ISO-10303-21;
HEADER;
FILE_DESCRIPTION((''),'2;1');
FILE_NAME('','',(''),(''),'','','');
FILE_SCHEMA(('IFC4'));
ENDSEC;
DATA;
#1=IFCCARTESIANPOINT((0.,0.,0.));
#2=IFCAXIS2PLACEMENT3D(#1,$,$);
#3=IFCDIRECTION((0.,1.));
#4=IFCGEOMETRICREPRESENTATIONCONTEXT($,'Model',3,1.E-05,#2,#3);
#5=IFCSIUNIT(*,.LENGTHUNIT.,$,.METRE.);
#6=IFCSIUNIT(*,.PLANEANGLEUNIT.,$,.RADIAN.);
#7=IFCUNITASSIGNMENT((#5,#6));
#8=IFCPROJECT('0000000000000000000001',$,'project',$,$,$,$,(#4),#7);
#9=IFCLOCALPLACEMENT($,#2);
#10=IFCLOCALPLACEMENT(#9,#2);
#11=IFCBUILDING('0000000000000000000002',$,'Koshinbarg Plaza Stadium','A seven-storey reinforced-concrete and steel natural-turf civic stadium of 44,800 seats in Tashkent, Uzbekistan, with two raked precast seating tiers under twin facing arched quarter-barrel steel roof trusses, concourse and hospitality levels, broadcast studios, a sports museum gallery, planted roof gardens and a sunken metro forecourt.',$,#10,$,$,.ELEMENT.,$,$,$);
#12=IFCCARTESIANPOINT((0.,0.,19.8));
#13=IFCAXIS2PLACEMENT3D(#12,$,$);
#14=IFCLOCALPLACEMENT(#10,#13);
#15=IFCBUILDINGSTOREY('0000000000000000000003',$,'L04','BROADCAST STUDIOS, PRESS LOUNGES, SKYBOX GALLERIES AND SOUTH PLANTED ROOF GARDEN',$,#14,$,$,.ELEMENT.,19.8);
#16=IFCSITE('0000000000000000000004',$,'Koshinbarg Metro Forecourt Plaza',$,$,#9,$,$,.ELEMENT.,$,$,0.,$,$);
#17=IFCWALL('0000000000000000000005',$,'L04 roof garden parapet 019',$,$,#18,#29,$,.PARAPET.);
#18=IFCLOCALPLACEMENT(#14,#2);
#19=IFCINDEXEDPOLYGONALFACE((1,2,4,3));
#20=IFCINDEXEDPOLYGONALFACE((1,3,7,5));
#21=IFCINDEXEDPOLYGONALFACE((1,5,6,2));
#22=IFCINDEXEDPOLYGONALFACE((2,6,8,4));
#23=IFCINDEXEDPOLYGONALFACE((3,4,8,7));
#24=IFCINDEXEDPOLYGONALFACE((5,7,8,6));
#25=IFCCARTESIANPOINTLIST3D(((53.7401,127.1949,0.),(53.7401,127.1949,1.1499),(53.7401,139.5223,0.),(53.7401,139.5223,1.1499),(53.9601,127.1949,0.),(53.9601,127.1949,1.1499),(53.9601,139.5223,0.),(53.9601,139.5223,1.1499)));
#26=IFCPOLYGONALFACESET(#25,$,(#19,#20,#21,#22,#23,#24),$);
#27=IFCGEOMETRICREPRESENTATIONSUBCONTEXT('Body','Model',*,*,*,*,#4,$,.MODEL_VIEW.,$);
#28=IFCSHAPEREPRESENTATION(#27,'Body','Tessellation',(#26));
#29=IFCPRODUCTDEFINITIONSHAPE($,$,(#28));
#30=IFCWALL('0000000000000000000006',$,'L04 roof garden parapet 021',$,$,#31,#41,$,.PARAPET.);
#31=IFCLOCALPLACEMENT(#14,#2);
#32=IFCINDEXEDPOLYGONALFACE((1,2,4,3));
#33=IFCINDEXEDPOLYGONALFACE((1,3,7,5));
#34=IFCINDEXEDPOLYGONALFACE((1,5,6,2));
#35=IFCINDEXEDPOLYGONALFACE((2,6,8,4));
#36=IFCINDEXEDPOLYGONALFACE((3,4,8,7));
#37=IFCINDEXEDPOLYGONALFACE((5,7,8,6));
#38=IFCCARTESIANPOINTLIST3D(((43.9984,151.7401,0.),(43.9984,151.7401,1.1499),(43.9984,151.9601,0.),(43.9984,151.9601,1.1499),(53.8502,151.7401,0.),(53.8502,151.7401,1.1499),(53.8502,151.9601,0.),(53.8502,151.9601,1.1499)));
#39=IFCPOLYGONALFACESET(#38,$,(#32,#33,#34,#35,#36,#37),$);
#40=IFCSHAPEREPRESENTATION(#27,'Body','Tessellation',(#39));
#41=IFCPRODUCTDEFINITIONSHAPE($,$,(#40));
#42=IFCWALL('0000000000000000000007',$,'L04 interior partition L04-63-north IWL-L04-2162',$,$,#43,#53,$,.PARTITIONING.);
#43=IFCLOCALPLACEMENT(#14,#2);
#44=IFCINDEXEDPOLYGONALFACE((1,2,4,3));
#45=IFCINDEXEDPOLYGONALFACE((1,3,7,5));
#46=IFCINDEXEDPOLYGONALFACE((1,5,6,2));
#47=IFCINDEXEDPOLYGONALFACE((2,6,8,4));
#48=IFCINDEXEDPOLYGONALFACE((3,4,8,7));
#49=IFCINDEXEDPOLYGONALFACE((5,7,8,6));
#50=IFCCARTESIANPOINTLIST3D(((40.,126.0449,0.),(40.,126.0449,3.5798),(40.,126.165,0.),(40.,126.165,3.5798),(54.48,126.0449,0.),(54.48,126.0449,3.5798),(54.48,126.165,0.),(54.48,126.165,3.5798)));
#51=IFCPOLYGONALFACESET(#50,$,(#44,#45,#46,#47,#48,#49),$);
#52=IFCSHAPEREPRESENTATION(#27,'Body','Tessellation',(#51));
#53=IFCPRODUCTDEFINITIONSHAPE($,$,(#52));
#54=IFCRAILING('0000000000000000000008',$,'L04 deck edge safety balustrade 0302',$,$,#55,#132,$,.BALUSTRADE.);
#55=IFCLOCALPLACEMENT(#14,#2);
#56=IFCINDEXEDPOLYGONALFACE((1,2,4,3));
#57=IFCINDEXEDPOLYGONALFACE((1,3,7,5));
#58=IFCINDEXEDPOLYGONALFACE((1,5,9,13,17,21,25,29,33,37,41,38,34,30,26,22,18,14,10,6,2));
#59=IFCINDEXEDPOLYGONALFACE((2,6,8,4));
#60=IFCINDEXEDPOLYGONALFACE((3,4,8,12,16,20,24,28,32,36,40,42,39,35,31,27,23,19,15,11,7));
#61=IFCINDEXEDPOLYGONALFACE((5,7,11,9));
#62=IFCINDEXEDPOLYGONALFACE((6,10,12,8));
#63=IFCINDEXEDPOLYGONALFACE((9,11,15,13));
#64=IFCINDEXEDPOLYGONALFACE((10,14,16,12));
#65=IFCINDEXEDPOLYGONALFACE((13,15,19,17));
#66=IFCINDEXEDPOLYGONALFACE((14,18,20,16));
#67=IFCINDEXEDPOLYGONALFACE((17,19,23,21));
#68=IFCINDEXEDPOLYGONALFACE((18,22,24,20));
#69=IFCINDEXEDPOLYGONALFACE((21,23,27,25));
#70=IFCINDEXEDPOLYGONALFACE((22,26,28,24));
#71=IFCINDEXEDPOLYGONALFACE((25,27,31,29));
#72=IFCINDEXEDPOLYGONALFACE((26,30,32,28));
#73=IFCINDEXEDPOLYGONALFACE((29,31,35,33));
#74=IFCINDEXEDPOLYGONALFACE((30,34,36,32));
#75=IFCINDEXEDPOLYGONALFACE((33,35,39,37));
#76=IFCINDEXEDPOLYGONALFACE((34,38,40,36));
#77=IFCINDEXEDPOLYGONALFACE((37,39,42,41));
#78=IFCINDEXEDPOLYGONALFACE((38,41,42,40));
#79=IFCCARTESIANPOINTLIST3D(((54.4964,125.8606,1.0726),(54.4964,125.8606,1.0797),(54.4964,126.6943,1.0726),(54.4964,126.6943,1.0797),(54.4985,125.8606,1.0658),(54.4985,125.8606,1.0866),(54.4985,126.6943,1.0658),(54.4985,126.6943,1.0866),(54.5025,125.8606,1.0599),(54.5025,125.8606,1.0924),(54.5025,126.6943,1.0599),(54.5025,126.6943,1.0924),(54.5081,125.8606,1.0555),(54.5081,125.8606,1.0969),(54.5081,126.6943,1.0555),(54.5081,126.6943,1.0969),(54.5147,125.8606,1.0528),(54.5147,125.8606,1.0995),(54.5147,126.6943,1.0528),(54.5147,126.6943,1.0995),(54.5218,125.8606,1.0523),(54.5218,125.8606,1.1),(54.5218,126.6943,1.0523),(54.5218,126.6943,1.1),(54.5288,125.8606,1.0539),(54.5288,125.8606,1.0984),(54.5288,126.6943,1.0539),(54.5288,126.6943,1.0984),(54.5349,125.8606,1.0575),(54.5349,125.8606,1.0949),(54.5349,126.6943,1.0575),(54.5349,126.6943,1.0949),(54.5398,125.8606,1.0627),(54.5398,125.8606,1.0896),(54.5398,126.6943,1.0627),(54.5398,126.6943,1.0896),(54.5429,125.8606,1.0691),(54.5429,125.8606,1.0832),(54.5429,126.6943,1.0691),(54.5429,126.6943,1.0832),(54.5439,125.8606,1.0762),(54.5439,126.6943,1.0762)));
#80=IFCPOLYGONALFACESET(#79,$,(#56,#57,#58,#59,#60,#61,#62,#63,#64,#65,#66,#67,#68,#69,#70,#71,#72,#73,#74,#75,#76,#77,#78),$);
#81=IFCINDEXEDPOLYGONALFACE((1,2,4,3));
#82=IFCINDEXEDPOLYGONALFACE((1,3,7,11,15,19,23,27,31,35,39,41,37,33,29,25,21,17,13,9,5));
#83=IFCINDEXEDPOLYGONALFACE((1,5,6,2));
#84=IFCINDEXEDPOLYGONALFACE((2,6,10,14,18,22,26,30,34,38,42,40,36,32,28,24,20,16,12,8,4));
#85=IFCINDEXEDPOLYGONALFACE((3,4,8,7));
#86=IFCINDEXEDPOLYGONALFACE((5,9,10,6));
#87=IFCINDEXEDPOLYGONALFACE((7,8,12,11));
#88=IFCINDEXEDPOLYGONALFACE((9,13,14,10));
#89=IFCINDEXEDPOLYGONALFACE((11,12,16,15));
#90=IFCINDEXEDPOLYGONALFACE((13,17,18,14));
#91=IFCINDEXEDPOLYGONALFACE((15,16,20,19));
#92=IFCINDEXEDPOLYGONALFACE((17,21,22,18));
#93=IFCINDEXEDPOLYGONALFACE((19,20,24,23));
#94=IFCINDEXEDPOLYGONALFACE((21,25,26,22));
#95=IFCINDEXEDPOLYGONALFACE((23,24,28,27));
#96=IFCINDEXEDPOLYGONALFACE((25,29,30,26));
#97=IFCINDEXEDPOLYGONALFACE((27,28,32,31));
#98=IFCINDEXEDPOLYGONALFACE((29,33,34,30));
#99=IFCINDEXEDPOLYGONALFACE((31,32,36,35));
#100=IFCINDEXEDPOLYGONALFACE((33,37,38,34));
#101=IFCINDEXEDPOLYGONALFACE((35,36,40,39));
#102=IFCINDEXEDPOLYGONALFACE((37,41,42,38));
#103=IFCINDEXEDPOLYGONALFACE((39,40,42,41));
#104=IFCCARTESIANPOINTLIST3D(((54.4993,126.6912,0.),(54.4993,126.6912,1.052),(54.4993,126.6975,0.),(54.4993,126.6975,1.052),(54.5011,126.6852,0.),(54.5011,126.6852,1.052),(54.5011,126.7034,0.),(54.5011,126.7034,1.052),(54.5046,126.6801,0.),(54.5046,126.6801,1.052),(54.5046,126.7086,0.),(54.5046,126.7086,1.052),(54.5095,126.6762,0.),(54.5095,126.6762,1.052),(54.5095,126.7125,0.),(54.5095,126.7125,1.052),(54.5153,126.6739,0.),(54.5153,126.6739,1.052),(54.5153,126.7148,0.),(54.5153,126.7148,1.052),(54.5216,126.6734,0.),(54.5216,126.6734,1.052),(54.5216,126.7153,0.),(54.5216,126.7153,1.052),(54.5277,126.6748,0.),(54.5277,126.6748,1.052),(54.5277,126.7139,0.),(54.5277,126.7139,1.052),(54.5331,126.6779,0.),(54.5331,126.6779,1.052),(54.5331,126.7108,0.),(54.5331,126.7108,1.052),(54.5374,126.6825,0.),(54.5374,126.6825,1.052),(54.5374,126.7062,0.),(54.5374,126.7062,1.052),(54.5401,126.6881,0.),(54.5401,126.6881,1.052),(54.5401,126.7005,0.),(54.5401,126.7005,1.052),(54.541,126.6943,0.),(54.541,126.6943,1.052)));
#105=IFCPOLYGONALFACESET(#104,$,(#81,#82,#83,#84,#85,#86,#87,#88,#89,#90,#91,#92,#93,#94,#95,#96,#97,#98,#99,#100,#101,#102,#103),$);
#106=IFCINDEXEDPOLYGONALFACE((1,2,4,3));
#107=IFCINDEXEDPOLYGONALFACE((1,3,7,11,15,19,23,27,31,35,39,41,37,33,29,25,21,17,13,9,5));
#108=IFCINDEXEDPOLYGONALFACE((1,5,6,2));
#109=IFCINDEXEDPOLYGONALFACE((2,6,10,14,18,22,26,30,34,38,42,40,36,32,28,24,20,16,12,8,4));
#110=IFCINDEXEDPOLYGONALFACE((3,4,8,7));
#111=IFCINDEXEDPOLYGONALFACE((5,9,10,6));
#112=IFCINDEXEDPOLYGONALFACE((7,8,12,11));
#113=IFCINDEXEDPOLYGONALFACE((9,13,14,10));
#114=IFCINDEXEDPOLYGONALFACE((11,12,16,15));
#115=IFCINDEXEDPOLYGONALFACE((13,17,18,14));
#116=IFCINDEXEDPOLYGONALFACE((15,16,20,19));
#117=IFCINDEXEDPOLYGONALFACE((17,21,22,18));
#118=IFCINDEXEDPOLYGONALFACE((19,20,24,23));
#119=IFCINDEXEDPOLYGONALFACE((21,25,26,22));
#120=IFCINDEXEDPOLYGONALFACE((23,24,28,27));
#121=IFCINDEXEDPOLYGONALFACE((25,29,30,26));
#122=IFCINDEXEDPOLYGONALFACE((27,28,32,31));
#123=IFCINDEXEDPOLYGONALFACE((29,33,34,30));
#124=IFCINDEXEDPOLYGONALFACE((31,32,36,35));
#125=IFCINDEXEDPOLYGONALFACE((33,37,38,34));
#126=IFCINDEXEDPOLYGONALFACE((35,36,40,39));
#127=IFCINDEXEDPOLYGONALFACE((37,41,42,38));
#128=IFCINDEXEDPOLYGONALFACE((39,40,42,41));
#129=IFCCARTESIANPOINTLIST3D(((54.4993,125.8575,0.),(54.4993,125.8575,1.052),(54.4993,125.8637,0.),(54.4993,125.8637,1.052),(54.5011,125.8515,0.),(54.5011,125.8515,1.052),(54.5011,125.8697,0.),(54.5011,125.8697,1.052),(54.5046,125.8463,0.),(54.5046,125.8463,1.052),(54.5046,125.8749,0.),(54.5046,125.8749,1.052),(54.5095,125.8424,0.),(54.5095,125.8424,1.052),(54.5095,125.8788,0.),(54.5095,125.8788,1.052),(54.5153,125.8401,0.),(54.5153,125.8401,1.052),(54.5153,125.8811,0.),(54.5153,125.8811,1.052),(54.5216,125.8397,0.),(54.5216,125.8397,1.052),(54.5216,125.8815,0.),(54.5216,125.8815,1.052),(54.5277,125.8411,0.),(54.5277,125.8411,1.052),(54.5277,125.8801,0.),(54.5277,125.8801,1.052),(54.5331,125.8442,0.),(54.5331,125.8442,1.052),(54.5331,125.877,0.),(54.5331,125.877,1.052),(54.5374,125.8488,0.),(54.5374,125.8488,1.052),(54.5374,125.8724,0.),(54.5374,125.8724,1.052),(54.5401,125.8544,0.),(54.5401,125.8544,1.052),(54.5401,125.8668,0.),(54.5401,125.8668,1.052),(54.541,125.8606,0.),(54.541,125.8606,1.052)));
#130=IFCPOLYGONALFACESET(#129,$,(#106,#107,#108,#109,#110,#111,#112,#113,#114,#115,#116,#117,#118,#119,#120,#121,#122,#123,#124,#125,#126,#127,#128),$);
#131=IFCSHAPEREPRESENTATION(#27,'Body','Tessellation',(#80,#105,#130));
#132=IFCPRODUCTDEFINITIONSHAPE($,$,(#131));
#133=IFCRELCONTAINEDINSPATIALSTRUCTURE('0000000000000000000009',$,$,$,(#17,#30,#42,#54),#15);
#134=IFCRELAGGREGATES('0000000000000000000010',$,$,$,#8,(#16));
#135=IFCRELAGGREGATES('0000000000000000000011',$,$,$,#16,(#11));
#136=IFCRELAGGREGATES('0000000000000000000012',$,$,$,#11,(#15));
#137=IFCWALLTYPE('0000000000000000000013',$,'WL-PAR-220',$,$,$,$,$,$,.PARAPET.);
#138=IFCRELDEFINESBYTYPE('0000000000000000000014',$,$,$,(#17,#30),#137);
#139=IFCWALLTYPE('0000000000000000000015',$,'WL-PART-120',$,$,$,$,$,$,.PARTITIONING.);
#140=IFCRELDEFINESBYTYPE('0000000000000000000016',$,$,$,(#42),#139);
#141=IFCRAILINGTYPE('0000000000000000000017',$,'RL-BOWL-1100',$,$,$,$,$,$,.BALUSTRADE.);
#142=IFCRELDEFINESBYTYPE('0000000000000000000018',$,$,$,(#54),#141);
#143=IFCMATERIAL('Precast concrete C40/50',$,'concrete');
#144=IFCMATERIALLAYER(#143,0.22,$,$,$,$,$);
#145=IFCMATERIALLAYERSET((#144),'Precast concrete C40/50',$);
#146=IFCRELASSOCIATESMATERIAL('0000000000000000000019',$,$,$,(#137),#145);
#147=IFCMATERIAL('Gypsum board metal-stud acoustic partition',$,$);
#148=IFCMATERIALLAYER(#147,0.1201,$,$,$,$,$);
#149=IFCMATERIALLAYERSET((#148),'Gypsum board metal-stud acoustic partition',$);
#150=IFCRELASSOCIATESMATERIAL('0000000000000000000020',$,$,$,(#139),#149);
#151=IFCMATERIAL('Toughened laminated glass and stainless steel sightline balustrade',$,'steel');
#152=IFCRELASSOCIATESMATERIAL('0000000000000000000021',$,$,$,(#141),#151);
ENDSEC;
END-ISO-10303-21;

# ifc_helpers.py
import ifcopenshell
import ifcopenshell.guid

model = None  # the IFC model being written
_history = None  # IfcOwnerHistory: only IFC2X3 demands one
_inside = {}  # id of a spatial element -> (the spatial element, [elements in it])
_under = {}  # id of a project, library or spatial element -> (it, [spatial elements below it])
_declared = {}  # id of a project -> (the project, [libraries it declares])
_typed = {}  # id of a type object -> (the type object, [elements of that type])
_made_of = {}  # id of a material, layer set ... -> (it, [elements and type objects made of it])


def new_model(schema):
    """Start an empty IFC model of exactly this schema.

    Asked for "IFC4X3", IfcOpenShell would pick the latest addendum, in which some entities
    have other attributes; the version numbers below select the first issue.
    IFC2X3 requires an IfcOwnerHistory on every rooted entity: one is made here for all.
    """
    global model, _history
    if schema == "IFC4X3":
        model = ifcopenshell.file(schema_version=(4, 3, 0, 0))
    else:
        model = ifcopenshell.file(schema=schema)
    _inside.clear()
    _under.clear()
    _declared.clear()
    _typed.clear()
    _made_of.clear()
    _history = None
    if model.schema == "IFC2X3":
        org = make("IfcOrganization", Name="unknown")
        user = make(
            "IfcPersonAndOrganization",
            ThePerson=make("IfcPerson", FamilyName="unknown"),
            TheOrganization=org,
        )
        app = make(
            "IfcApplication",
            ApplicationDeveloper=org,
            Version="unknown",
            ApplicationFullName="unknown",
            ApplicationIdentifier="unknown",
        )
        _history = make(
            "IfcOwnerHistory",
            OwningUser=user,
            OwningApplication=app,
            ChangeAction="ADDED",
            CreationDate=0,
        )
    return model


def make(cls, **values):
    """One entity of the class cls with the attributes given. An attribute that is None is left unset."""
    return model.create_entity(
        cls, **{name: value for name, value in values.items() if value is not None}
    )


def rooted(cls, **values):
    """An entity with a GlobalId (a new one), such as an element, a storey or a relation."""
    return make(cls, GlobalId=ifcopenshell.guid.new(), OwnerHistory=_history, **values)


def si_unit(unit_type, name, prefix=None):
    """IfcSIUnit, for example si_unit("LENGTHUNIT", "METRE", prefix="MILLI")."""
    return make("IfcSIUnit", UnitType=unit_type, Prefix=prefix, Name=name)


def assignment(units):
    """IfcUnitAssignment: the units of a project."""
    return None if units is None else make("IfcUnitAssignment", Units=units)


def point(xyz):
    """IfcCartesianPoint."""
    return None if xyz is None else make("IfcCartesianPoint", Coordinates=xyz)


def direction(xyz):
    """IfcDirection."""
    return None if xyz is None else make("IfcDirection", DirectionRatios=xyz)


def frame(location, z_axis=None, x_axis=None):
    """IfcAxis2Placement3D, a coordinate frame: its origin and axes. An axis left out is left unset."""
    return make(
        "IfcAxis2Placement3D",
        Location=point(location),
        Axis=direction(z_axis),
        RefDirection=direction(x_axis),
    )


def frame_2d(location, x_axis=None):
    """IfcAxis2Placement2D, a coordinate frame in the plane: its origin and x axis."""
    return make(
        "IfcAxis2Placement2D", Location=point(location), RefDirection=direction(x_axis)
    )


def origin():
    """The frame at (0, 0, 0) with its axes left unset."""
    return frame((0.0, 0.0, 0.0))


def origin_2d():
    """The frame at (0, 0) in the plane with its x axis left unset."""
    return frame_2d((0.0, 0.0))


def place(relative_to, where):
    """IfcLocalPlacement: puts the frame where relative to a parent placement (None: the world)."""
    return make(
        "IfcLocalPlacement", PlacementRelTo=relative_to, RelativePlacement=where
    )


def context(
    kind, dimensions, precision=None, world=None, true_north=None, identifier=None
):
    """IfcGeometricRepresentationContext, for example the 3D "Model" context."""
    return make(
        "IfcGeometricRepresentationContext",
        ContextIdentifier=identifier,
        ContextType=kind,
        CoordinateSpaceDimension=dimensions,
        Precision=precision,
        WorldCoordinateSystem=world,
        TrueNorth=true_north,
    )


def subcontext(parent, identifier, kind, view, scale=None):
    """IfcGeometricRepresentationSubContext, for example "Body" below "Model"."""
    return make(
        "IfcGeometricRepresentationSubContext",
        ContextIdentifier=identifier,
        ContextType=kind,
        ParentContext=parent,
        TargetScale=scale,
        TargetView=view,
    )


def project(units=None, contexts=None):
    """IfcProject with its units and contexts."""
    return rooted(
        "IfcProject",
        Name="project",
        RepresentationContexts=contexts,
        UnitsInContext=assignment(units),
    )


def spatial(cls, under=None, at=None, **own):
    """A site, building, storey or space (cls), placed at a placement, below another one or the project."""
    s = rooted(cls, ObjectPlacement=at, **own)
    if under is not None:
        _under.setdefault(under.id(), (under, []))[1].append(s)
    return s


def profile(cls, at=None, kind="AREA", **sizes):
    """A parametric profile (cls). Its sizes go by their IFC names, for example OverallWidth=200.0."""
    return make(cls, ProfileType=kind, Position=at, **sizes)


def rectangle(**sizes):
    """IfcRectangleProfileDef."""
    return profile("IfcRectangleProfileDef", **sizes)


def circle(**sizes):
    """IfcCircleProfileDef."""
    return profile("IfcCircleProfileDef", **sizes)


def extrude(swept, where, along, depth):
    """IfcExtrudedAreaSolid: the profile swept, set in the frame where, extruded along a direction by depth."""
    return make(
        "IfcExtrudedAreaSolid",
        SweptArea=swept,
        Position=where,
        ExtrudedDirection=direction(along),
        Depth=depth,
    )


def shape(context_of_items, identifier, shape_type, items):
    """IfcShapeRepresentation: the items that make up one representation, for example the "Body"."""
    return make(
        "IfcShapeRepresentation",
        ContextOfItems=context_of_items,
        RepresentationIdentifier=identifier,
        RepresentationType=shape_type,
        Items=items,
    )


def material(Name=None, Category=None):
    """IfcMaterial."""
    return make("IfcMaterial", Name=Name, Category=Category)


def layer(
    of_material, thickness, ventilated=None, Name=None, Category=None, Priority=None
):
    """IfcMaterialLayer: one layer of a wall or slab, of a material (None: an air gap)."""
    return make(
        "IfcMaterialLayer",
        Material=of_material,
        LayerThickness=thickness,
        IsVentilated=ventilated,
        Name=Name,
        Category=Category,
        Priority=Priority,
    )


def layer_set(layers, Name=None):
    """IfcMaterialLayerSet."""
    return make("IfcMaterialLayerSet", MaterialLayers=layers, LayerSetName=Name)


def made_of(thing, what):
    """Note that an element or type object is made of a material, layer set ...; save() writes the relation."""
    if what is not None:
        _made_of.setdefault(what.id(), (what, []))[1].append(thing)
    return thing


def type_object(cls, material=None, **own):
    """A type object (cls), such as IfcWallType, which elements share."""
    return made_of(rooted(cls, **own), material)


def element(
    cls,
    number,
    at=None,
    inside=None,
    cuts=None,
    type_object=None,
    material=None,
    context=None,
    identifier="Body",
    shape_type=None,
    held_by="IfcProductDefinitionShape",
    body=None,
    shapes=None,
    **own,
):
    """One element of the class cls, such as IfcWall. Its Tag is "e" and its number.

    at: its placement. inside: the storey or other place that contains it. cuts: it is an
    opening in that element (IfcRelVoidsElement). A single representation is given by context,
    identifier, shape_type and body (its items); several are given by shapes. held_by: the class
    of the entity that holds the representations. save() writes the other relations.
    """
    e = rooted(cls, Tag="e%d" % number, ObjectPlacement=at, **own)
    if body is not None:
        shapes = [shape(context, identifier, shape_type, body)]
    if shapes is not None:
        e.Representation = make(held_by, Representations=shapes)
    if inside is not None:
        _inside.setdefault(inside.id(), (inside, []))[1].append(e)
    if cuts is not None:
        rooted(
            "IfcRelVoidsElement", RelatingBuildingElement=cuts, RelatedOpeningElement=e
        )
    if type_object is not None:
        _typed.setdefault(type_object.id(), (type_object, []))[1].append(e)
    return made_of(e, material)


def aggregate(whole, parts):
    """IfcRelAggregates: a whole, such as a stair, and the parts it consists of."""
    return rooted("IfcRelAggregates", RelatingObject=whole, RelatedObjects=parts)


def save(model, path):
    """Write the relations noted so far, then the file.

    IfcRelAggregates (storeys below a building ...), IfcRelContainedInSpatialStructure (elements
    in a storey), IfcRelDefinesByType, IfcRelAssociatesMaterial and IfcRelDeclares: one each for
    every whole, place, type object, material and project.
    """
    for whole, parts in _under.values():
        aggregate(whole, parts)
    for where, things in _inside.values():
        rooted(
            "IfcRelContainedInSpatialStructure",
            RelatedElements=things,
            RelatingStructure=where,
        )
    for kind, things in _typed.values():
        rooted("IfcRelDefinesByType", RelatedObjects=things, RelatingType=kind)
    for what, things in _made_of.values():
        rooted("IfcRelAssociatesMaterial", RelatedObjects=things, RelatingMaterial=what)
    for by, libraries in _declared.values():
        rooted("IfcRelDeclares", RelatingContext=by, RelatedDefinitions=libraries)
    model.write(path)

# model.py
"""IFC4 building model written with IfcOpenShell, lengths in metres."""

from ifc_helpers import new_model, si_unit, direction, frame, frame_2d, origin, origin_2d, place, context, subcontext, project, spatial, rectangle, circle, extrude, material, layer, layer_set, type_object, element, save


model = new_model("IFC4")

# Units and contexts
model_context = context("Model", 3, precision=1e-05, world=origin(), true_north=direction((0.0, 1.0)))
body_context = subcontext(model_context, "Body", "Model", "MODEL_VIEW")
ifc_project = project(units=[si_unit("LENGTHUNIT", "METRE"), si_unit("PLANEANGLEUNIT", "RADIAN")], contexts=[model_context])

# Site, building, storey
site_placement = place(None, origin())
site = spatial("IfcSite", under=ifc_project, at=site_placement, Name="Koshinbarg Metro Forecourt Plaza", CompositionType="ELEMENT", RefElevation=0.0)
building_placement = place(site_placement, origin())
building = spatial("IfcBuilding", under=site, at=building_placement, Name="Koshinbarg Plaza Stadium", Description="A seven-storey reinforced-concrete and steel natural-turf civic stadium of 44,800 seats in Tashkent, Uzbekistan, with two raked precast seating tiers under twin facing arched quarter-barrel steel roof trusses, concourse and hospitality levels, broadcast studios, a sports museum gallery, planted roof gardens and a sunken metro forecourt.", CompositionType="ELEMENT")
storey_placement = place(building_placement, frame((0.0, 0.0, 19.8)))
storey = spatial("IfcBuildingStorey", under=building, at=storey_placement, Name="L04", Description="BROADCAST STUDIOS, PRESS LOUNGES, SKYBOX GALLERIES AND SOUTH PLANTED ROOF GARDEN", CompositionType="ELEMENT", Elevation=19.8)

# Walls
ifc_material_1 = material(Name="Precast concrete C40/50", Category="concrete")
ifc_layer_1 = layer(ifc_material_1, 0.22)
ifc_layer_set_1 = layer_set([ifc_layer_1], Name="Precast concrete C40/50")
wall_type_1 = type_object("IfcWallType", Name="WL-PAR-220", PredefinedType="PARAPET", material=ifc_layer_set_1)
wall_1_placement = place(storey_placement, frame((53.8501, 127.1951, 0.0), z_axis=(0.0, 0.0, 1.0), x_axis=(0.0, 1.0, 0.0)))
element("IfcWall", 1, at=wall_1_placement, inside=storey, type_object=wall_type_1, Name="L04 roof garden parapet 019", PredefinedType="PARAPET", context=body_context, shape_type="SweptSolid", body=[
    extrude(rectangle(XDim=12.3274, YDim=0.22, at=frame_2d((6.1636, 0.0))), origin(), (0.0, 0.0, 1.0), 1.1499),
])
wall_2_placement = place(storey_placement, frame((53.8501, 151.8501, 0.0), z_axis=(0.0, 0.0, 1.0), x_axis=(-1.0, 0.0, 0.0)))
element("IfcWall", 2, at=wall_2_placement, inside=storey, type_object=wall_type_1, Name="L04 roof garden parapet 021", PredefinedType="PARAPET", context=body_context, shape_type="SweptSolid", body=[
    extrude(rectangle(XDim=9.8518, YDim=0.22, at=frame_2d((4.9258, 0.0))), origin(), (0.0, 0.0, 1.0), 1.1499),
])
ifc_material_2 = material(Name="Gypsum board metal-stud acoustic partition")
ifc_layer_2 = layer(ifc_material_2, 0.1201)
ifc_layer_set_2 = layer_set([ifc_layer_2], Name="Gypsum board metal-stud acoustic partition")
wall_type_2 = type_object("IfcWallType", Name="WL-PART-120", PredefinedType="PARTITIONING", material=ifc_layer_set_2)
wall_3_placement = place(storey_placement, frame((54.48, 126.105, 0.0), z_axis=(0.0, 0.0, 1.0), x_axis=(-1.0, 0.0, 0.0)))
element("IfcWall", 3, at=wall_3_placement, inside=storey, type_object=wall_type_2, Name="L04 interior partition L04-63-north IWL-L04-2162", PredefinedType="PARTITIONING", context=body_context, shape_type="SweptSolid", body=[
    extrude(rectangle(XDim=14.48, YDim=0.1201, at=frame_2d((7.24, 0.0))), origin(), (0.0, 0.0, 1.0), 3.5798),
])

# Railing
ifc_material_3 = material(Name="Toughened laminated glass and stainless steel sightline balustrade", Category="steel")
railing_type_1 = type_object("IfcRailingType", Name="RL-BOWL-1100", PredefinedType="BALUSTRADE", material=ifc_material_3)
railing_1_placement = place(storey_placement, frame((54.52, 126.6943, 0.0)))
element("IfcRailing", 4, at=railing_1_placement, inside=storey, type_object=railing_type_1, Name="L04 deck edge safety balustrade 0302", PredefinedType="BALUSTRADE", context=body_context, shape_type="SweptSolid", body=[
    extrude(circle(Radius=0.0239, at=origin_2d()), frame((0.0, 0.0, 1.0762), z_axis=(0.0, -1.0, 0.0), x_axis=(1.0, 0.0, 0.0)), (0.0, 0.0, 1.0), 0.8337),
    extrude(circle(Radius=0.021, at=origin_2d()), origin(), (0.0, 0.0, 1.0), 1.052),
    extrude(circle(Radius=0.021, at=origin_2d()), frame((0.0, -0.8337, 0.0)), (0.0, 0.0, 1.0), 1.052),
])

save(model, "model.ifc")
